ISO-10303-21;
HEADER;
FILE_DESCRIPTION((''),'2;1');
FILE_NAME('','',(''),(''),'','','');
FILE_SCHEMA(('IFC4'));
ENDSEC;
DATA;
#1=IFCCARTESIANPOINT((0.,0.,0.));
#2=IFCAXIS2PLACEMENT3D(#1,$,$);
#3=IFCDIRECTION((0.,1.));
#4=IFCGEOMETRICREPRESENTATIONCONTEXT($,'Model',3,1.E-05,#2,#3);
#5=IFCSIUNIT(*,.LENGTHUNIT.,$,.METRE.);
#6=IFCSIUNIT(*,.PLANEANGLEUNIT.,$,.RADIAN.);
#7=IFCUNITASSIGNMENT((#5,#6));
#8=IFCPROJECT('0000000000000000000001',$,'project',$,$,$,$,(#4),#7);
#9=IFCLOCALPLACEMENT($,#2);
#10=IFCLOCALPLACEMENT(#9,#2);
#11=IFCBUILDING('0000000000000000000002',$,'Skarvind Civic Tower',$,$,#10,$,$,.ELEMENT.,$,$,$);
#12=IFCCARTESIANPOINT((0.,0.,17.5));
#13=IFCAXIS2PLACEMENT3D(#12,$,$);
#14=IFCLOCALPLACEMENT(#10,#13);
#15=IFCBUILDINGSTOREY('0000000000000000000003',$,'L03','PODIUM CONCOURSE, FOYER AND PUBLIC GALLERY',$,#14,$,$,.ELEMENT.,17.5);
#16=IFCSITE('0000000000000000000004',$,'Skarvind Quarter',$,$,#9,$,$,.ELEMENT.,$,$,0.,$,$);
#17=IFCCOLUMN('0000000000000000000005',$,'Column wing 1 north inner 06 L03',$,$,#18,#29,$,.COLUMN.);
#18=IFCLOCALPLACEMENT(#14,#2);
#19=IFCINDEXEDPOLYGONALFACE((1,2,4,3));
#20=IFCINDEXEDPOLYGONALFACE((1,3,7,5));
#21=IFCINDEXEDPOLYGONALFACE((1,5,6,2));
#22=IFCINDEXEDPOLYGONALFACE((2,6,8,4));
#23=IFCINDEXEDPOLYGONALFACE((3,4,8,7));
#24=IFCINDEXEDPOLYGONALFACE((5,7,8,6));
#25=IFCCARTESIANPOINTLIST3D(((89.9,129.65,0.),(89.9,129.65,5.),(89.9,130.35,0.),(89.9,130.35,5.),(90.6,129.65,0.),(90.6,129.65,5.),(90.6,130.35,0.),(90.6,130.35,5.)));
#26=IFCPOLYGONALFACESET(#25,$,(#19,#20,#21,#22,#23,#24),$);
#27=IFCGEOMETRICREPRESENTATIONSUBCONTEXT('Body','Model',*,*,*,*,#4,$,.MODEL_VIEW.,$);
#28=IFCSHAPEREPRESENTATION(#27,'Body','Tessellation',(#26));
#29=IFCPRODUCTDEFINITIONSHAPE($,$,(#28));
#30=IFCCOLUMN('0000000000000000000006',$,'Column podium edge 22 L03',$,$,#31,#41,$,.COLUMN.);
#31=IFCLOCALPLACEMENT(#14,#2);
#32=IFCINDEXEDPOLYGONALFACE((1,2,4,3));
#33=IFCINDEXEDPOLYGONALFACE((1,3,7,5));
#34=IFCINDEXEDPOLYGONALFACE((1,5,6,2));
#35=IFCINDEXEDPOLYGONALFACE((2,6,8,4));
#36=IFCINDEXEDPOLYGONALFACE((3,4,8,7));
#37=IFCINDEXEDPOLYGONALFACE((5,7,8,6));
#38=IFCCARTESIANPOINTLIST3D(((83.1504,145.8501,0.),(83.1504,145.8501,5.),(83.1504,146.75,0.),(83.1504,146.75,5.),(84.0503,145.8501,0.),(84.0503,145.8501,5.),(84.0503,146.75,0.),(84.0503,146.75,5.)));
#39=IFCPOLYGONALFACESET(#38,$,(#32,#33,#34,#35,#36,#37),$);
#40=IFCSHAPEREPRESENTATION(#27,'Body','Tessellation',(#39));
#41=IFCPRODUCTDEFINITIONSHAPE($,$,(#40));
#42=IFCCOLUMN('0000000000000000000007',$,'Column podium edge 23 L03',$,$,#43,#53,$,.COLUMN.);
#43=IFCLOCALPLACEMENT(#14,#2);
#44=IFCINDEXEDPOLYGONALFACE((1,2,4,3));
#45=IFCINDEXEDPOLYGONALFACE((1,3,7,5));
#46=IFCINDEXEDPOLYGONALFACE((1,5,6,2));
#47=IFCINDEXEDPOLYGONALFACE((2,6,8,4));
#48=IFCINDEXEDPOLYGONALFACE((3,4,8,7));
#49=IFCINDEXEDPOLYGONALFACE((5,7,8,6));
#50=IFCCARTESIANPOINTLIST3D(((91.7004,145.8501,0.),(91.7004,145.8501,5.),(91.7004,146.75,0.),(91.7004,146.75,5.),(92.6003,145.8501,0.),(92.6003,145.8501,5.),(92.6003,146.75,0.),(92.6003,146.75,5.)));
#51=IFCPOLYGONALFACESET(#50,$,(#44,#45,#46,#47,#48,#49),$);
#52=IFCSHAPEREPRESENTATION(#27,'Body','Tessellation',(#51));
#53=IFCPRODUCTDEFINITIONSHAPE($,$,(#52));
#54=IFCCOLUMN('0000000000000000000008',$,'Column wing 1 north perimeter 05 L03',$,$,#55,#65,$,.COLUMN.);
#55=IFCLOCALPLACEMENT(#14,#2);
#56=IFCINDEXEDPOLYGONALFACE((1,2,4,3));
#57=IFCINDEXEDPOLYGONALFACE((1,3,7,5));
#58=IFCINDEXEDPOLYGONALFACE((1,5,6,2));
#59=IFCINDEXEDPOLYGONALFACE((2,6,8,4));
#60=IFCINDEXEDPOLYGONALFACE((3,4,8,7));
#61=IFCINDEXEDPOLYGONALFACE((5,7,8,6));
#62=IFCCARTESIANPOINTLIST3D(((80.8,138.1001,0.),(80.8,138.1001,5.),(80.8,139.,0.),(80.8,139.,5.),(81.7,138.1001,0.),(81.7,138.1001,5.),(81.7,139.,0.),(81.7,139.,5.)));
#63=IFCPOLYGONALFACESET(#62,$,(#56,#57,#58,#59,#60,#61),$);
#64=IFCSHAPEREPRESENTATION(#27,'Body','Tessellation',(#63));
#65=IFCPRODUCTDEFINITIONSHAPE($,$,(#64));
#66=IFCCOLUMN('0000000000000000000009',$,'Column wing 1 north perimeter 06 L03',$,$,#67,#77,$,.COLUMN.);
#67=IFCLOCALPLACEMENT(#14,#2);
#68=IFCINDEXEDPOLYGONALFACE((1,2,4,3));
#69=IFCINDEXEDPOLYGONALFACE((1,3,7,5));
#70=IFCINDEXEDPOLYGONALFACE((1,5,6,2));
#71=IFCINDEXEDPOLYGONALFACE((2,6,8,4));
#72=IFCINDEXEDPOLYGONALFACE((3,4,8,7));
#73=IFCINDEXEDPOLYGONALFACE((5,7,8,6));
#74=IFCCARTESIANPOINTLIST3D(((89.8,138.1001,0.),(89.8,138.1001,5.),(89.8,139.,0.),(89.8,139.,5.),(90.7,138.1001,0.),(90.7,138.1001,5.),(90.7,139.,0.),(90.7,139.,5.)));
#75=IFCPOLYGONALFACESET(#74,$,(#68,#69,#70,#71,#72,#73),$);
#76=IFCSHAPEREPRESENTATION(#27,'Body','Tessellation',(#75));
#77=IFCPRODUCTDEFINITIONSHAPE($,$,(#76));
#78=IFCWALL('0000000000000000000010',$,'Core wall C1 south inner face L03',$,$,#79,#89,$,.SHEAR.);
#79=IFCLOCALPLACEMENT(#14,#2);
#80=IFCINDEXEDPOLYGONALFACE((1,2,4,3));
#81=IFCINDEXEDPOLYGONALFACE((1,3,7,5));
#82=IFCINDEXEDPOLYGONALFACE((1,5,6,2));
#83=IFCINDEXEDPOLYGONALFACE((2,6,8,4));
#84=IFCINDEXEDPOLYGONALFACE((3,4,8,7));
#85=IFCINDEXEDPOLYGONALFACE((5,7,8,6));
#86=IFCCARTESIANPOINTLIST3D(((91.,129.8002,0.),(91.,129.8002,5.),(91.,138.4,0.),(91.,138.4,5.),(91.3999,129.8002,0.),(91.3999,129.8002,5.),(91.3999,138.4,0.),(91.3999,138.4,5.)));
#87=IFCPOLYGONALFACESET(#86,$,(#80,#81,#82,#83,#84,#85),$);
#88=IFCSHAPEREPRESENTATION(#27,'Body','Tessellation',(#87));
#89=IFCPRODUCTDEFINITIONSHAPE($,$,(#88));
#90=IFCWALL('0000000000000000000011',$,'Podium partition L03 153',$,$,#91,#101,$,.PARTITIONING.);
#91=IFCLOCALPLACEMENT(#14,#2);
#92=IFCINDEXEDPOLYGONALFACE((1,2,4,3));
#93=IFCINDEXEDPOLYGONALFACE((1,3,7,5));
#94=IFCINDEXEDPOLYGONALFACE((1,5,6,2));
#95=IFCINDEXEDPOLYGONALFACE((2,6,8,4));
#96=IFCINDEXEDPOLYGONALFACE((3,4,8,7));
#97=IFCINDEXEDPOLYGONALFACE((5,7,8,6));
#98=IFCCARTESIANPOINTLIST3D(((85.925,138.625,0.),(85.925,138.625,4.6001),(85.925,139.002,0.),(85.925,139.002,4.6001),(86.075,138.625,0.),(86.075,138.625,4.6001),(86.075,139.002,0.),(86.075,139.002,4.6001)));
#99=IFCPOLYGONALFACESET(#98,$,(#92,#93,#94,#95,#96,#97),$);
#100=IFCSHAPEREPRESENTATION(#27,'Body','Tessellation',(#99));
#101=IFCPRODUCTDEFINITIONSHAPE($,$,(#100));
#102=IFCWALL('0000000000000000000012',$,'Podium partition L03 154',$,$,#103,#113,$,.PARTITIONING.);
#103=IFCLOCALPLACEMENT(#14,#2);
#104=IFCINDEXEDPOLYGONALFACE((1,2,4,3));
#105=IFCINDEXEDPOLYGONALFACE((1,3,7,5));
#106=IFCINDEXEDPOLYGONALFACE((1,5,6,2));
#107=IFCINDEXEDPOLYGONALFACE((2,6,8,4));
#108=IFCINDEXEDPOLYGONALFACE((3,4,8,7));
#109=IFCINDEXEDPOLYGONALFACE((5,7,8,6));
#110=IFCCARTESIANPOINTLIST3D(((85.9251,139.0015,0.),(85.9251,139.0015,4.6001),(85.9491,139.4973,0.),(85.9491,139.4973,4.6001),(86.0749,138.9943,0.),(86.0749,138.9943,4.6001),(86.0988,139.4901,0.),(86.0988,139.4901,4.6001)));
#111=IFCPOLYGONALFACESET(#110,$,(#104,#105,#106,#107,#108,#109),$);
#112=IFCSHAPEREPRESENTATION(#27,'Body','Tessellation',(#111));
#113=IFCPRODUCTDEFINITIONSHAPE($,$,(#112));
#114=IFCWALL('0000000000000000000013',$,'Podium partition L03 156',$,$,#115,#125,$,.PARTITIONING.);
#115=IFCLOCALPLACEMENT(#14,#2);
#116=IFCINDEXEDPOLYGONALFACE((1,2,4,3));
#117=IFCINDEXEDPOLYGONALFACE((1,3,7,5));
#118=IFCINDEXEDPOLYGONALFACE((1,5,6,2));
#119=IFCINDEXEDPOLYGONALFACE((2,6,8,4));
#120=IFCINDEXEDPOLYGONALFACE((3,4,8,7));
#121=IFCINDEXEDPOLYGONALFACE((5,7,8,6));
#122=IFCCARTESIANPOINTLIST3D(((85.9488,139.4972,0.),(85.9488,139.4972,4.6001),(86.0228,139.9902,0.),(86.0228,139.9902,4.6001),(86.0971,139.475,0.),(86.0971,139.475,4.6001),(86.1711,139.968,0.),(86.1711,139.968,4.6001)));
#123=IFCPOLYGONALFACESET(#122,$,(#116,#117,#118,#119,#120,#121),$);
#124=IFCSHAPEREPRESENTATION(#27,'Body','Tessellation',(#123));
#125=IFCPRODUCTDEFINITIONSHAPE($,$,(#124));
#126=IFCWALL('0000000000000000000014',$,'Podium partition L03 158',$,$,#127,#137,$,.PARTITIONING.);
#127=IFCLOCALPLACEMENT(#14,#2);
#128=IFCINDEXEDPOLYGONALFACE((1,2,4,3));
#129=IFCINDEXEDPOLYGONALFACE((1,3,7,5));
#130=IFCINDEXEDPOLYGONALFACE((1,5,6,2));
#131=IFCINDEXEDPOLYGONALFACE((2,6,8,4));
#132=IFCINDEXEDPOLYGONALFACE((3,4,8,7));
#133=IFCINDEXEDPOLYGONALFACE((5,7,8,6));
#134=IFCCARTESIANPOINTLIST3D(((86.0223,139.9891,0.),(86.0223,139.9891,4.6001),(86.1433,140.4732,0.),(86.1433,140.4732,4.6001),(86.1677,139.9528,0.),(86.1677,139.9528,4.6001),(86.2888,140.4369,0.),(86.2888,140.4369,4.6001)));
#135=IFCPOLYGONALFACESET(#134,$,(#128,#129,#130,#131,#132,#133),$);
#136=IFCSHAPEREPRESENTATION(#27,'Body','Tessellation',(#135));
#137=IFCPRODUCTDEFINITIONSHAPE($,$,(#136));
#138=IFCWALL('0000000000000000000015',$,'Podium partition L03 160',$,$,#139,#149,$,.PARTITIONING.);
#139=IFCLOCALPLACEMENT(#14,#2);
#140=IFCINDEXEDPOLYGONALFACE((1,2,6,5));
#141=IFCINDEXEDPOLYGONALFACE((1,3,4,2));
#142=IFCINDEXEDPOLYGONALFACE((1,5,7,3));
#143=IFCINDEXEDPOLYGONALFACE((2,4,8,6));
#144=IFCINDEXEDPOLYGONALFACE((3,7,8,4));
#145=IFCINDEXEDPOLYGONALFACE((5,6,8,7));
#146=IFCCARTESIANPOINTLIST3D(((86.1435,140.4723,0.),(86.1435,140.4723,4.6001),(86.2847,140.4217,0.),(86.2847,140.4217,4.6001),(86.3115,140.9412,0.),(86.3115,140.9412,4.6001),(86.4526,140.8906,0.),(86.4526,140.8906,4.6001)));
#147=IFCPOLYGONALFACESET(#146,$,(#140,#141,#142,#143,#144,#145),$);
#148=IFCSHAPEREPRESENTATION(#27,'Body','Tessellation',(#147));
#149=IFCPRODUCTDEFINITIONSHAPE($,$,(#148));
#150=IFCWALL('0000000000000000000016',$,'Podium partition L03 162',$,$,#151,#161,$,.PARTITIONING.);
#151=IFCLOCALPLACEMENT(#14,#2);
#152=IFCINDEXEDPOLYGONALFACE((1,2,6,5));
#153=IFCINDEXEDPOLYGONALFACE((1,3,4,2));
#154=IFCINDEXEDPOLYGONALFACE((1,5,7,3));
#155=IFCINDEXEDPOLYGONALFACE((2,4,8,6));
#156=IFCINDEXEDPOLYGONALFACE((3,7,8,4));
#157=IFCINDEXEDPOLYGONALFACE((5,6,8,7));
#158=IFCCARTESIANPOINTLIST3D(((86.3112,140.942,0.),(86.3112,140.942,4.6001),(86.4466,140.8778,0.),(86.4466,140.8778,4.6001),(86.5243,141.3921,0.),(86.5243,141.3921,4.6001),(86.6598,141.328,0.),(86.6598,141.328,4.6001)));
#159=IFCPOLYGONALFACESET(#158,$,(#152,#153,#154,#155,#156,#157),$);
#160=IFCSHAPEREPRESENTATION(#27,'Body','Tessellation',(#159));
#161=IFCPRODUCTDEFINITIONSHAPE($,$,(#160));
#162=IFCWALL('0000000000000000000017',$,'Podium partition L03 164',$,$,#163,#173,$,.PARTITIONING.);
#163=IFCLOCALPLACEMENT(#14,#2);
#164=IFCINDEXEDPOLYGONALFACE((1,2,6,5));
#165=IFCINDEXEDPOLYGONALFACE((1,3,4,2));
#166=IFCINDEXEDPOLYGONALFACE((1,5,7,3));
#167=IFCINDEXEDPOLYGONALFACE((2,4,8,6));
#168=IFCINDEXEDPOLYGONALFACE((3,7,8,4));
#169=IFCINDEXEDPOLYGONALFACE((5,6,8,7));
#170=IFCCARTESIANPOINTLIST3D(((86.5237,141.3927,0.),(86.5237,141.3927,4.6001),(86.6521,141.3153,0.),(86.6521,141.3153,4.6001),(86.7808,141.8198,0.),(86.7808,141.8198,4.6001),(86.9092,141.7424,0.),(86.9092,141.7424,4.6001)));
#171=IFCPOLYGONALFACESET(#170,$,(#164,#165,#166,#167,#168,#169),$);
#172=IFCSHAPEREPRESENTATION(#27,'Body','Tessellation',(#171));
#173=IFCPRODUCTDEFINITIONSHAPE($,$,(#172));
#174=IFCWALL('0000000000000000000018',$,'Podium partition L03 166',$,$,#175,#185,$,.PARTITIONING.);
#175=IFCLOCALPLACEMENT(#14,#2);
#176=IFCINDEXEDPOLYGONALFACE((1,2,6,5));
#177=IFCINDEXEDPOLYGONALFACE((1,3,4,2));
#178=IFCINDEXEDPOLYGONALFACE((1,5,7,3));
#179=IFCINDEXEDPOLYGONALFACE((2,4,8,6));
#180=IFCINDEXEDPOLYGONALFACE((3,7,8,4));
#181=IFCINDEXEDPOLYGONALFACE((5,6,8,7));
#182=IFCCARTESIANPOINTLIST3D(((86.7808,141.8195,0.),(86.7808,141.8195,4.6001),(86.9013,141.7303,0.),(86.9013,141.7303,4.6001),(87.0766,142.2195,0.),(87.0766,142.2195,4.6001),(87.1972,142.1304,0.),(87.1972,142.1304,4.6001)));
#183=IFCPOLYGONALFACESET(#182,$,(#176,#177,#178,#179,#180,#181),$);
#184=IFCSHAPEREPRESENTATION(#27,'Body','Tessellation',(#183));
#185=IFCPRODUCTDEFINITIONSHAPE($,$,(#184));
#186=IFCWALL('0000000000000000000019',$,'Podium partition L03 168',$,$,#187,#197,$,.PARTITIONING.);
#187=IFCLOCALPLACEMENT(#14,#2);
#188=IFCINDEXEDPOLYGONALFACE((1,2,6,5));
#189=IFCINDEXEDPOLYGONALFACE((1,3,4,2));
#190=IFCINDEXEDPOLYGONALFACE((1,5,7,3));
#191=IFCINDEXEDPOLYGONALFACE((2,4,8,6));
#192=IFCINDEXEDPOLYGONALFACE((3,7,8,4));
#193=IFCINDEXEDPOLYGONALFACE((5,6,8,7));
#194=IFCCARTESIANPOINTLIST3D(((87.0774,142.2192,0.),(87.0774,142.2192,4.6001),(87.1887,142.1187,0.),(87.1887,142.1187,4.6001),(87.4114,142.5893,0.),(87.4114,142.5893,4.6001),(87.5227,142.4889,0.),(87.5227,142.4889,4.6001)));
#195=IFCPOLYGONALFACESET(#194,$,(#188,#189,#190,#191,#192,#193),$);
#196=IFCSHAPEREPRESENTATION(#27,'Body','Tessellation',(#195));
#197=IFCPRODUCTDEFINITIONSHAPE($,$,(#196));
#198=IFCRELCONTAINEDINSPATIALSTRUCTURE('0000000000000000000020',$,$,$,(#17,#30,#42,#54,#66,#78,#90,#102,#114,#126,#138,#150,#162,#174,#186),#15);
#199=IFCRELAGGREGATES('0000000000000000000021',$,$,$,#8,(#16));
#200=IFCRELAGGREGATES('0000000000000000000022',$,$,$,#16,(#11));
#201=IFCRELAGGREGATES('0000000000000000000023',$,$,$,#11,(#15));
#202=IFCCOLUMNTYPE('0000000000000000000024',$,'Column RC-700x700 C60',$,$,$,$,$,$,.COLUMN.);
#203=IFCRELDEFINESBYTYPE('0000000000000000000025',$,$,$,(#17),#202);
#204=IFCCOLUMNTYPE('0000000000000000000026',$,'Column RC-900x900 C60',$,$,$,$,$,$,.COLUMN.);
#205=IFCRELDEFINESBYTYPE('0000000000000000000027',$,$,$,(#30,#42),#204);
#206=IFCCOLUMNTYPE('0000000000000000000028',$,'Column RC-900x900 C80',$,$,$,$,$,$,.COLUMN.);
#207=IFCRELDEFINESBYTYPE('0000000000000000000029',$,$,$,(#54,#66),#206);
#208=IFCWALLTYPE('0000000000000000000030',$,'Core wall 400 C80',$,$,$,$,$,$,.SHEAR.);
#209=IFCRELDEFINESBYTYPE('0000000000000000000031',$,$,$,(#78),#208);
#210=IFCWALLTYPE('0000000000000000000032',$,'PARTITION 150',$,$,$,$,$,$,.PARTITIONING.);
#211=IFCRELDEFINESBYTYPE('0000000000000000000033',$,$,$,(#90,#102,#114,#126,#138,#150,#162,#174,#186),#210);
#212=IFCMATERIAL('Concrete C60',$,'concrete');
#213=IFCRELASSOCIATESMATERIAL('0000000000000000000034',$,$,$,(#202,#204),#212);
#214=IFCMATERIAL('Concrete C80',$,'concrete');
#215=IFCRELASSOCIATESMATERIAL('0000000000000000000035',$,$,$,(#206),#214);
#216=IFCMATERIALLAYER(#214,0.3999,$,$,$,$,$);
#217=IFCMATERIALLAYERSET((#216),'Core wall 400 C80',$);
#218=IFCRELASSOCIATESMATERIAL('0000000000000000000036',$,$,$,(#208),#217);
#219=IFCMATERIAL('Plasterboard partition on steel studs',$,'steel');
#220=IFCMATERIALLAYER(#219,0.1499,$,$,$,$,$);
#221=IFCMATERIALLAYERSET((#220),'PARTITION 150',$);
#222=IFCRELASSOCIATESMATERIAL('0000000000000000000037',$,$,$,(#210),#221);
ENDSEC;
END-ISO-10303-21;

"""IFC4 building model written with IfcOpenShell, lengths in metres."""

from ifc_helpers import new_model, si_unit, direction, frame, frame_2d, origin, origin_2d, place, context, subcontext, project, spatial, rectangle, extrude, material, layer, layer_set, material_profile, profile_set, type_object, element, save


model = new_model("IFC4")

# Units and contexts
model_context = context("Model", 3, precision=1e-05, world=origin(), true_north=direction((0.0, 1.0)))
body_context = subcontext(model_context, "Body", "Model", "MODEL_VIEW")
ifc_project = project(units=[si_unit("LENGTHUNIT", "METRE"), si_unit("PLANEANGLEUNIT", "RADIAN")], contexts=[model_context])

# Site, building, storey
site_placement = place(None, origin())
site = spatial("IfcSite", under=ifc_project, at=site_placement, Name="Skarvind Quarter", CompositionType="ELEMENT", RefElevation=0.0)
building_placement = place(site_placement, origin())
building = spatial("IfcBuilding", under=site, at=building_placement, Name="Skarvind Civic Tower", CompositionType="ELEMENT")
storey_placement = place(building_placement, frame((0.0, 0.0, 17.5)))
storey = spatial("IfcBuildingStorey", under=building, at=storey_placement, Name="L03", Description="PODIUM CONCOURSE, FOYER AND PUBLIC GALLERY", CompositionType="ELEMENT", Elevation=17.5)

# Columns
ifc_material_1 = material(Name="Concrete C60", Category="concrete")
ifc_material_profile_1 = material_profile(ifc_material_1, rectangle(XDim=0.7, YDim=0.7, at=origin_2d()), Name="RC-700x700")
ifc_profile_set_1 = profile_set([ifc_material_profile_1], Name="Concrete C60")
column_type_1 = type_object("IfcColumnType", Name="Column RC-700x700 C60", PredefinedType="COLUMN", material=ifc_profile_set_1)
column_placement = place(storey_placement, frame((90.25, 130.0, 0.0), z_axis=(0.0, 0.0, 1.0), x_axis=(1.0, 0.0, 0.0)))
element("IfcColumn", 1, at=column_placement, inside=storey, type_object=column_type_1, Name="Column wing 1 north inner 06 L03", PredefinedType="COLUMN", context=body_context, shape_type="SweptSolid", body=[
    extrude(rectangle(XDim=0.7, YDim=0.7, at=origin_2d()), origin(), (0.0, 0.0, 1.0), 5.0),
])
ifc_material_profile_2 = material_profile(ifc_material_1, rectangle(XDim=0.8999, YDim=0.8999, at=origin_2d()), Name="RC-900x900")
ifc_profile_set_2 = profile_set([ifc_material_profile_2], Name="Concrete C60")
column_type_2 = type_object("IfcColumnType", Name="Column RC-900x900 C60", PredefinedType="COLUMN", material=ifc_profile_set_2)
for number, where, z_axis, x_axis, name in (
    (2, (83.6003, 146.3, 0.0), (0.0, 0.0, 1.0), (1.0, 0.0, 0.0), "Column podium edge 22 L03"),
    (3, (92.1504, 146.3, 0.0), (0.0, 0.0, 1.0), (1.0, 0.0, 0.0), "Column podium edge 23 L03"),
):
    element("IfcColumn", number, at=place(storey_placement, frame(where, z_axis=z_axis, x_axis=x_axis)), inside=storey, type_object=column_type_2, Name=name, PredefinedType="COLUMN", context=body_context, shape_type="SweptSolid", body=[
        extrude(rectangle(XDim=0.8999, YDim=0.8999, at=origin_2d()), origin(), (0.0, 0.0, 1.0), 5.0),
    ])
ifc_material_2 = material(Name="Concrete C80", Category="concrete")
ifc_material_profile_3 = material_profile(ifc_material_2, rectangle(XDim=0.8999, YDim=0.8999, at=origin_2d()), Name="RC-900x900")
ifc_profile_set_3 = profile_set([ifc_material_profile_3], Name="Concrete C80")
column_type_3 = type_object("IfcColumnType", Name="Column RC-900x900 C80", PredefinedType="COLUMN", material=ifc_profile_set_3)
for number, where, z_axis, x_axis, name in (
    (4, (81.25, 138.55, 0.0), (0.0, 0.0, 1.0), (1.0, 0.0, 0.0), "Column wing 1 north perimeter 05 L03"),
    (5, (90.25, 138.55, 0.0), (0.0, 0.0, 1.0), (1.0, 0.0, 0.0), "Column wing 1 north perimeter 06 L03"),
):
    element("IfcColumn", number, at=place(storey_placement, frame(where, z_axis=z_axis, x_axis=x_axis)), inside=storey, type_object=column_type_3, Name=name, PredefinedType="COLUMN", context=body_context, shape_type="SweptSolid", body=[
        extrude(rectangle(XDim=0.8999, YDim=0.8999, at=origin_2d()), origin(), (0.0, 0.0, 1.0), 5.0),
    ])

# Walls
ifc_layer_1 = layer(ifc_material_2, 0.3999)
ifc_layer_set_1 = layer_set([ifc_layer_1], Name="Core wall 400 C80")
wall_type_1 = type_object("IfcWallType", Name="Core wall 400 C80", PredefinedType="SHEAR", material=ifc_layer_set_1)
wall_1_placement = place(storey_placement, frame((91.2, 138.3999, 0.0), z_axis=(0.0, 0.0, 1.0), x_axis=(0.0, -1.0, 0.0)))
element("IfcWall", 6, at=wall_1_placement, inside=storey, type_object=wall_type_1, Name="Core wall C1 south inner face L03", PredefinedType="SHEAR", context=body_context, shape_type="SweptSolid", body=[
    extrude(rectangle(XDim=8.5999, YDim=0.3999, at=frame_2d((4.2998, 0.0))), origin(), (0.0, 0.0, 1.0), 5.0),
])
ifc_material_3 = material(Name="Plasterboard partition on steel studs", Category="steel")
ifc_layer_2 = layer(ifc_material_3, 0.1499)
ifc_layer_set_2 = layer_set([ifc_layer_2], Name="PARTITION 150")
wall_type_2 = type_object("IfcWallType", Name="PARTITION 150", PredefinedType="PARTITIONING", material=ifc_layer_set_2)
wall_2_placement = place(storey_placement, frame((86.0, 138.625, 0.0), z_axis=(0.0, 0.0, 1.0), x_axis=(0.0, 1.0, 0.0)))
element("IfcWall", 7, at=wall_2_placement, inside=storey, type_object=wall_type_2, Name="Podium partition L03 153", PredefinedType="PARTITIONING", context=body_context, shape_type="SweptSolid", body=[
    extrude(rectangle(XDim=0.377, YDim=0.1499, at=frame_2d((0.1885, 0.0))), origin(), (0.0, 0.0, 1.0), 4.6001),
])
wall_3_placement = place(storey_placement, frame((86.0, 138.998, 0.0), z_axis=(0.0, 0.0, 1.0), x_axis=(0.048196, 0.998838, 0.0)))
element("IfcWall", 8, at=wall_3_placement, inside=storey, type_object=wall_type_2, Name="Podium partition L03 154", PredefinedType="PARTITIONING", context=body_context, shape_type="SweptSolid", body=[
    extrude(rectangle(XDim=0.4963, YDim=0.1499, at=frame_2d((0.248, 0.0))), origin(), (0.0, 0.0, 1.0), 4.6001),
])
wall_4_placement = place(storey_placement, frame((86.0229, 139.4861, 0.0), z_axis=(0.0, 0.0, 1.0), x_axis=(0.148412, 0.988926, 0.0)))
element("IfcWall", 9, at=wall_4_placement, inside=storey, type_object=wall_type_2, Name="Podium partition L03 156", PredefinedType="PARTITIONING", context=body_context, shape_type="SweptSolid", body=[
    extrude(rectangle(XDim=0.4985, YDim=0.1499, at=frame_2d((0.2493, 0.0))), origin(), (0.0, 0.0, 1.0), 4.6001),
])
wall_5_placement = place(storey_placement, frame((86.095, 139.9709, 0.0), z_axis=(0.0, 0.0, 1.0), x_axis=(0.242651, 0.970114, 0.0)))
element("IfcWall", 10, at=wall_5_placement, inside=storey, type_object=wall_type_2, Name="Podium partition L03 158", PredefinedType="PARTITIONING", context=body_context, shape_type="SweptSolid", body=[
    extrude(rectangle(XDim=0.499, YDim=0.1499, at=frame_2d((0.2495, 0.0))), origin(), (0.0, 0.0, 1.0), 4.6001),
])
for number, where, z_axis, x_axis, name in (
    (11, (86.2141, 140.447, 0.0), (0.0, 0.0, 1.0), (0.337174, 0.941442, 0.0), "Podium partition L03 160"),
    (12, (86.3789, 140.9099, 0.0), (0.0, 0.0, 1.0), (0.427897, 0.903828, 0.0), "Podium partition L03 162"),
):
    element("IfcWall", number, at=place(storey_placement, frame(where, z_axis=z_axis, x_axis=x_axis)), inside=storey, type_object=wall_type_2, Name=name, PredefinedType="PARTITIONING", context=body_context, shape_type="SweptSolid", body=[
        extrude(rectangle(XDim=0.498, YDim=0.1499, at=frame_2d((0.249, 0.0))), origin(), (0.0, 0.0, 1.0), 4.6001),
    ])
wall_6_placement = place(storey_placement, frame((86.5879, 141.354, 0.0), z_axis=(0.0, 0.0, 1.0), x_axis=(0.515792, 0.856714, 0.0)))
element("IfcWall", 13, at=wall_6_placement, inside=storey, type_object=wall_type_2, Name="Podium partition L03 164", PredefinedType="PARTITIONING", context=body_context, shape_type="SweptSolid", body=[
    extrude(rectangle(XDim=0.4985, YDim=0.1499, at=frame_2d((0.2493, 0.0))), origin(), (0.0, 0.0, 1.0), 4.6001),
])
wall_7_placement = place(storey_placement, frame((86.8411, 141.7749, 0.0), z_axis=(0.0, 0.0, 1.0), x_axis=(0.59457, 0.804044, 0.0)))
element("IfcWall", 14, at=wall_7_placement, inside=storey, type_object=wall_type_2, Name="Podium partition L03 166", PredefinedType="PARTITIONING", context=body_context, shape_type="SweptSolid", body=[
    extrude(rectangle(XDim=0.4976, YDim=0.1499, at=frame_2d((0.2488, 0.0))), origin(), (0.0, 0.0, 1.0), 4.6001),
])
for number, where, z_axis, x_axis, name in (
    (15, (87.1331, 142.1689, 0.0), (0.0, 0.0, 1.0), (0.669938, 0.742417, 0.0), "Podium partition L03 168"),
):
    element("IfcWall", number, at=place(storey_placement, frame(where, z_axis=z_axis, x_axis=x_axis)), inside=storey, type_object=wall_type_2, Name=name, PredefinedType="PARTITIONING", context=body_context, shape_type="SweptSolid", body=[
        extrude(rectangle(XDim=0.4985, YDim=0.1499, at=frame_2d((0.2493, 0.0))), origin(), (0.0, 0.0, 1.0), 4.6001),
    ])

save(model, "model.ifc")
